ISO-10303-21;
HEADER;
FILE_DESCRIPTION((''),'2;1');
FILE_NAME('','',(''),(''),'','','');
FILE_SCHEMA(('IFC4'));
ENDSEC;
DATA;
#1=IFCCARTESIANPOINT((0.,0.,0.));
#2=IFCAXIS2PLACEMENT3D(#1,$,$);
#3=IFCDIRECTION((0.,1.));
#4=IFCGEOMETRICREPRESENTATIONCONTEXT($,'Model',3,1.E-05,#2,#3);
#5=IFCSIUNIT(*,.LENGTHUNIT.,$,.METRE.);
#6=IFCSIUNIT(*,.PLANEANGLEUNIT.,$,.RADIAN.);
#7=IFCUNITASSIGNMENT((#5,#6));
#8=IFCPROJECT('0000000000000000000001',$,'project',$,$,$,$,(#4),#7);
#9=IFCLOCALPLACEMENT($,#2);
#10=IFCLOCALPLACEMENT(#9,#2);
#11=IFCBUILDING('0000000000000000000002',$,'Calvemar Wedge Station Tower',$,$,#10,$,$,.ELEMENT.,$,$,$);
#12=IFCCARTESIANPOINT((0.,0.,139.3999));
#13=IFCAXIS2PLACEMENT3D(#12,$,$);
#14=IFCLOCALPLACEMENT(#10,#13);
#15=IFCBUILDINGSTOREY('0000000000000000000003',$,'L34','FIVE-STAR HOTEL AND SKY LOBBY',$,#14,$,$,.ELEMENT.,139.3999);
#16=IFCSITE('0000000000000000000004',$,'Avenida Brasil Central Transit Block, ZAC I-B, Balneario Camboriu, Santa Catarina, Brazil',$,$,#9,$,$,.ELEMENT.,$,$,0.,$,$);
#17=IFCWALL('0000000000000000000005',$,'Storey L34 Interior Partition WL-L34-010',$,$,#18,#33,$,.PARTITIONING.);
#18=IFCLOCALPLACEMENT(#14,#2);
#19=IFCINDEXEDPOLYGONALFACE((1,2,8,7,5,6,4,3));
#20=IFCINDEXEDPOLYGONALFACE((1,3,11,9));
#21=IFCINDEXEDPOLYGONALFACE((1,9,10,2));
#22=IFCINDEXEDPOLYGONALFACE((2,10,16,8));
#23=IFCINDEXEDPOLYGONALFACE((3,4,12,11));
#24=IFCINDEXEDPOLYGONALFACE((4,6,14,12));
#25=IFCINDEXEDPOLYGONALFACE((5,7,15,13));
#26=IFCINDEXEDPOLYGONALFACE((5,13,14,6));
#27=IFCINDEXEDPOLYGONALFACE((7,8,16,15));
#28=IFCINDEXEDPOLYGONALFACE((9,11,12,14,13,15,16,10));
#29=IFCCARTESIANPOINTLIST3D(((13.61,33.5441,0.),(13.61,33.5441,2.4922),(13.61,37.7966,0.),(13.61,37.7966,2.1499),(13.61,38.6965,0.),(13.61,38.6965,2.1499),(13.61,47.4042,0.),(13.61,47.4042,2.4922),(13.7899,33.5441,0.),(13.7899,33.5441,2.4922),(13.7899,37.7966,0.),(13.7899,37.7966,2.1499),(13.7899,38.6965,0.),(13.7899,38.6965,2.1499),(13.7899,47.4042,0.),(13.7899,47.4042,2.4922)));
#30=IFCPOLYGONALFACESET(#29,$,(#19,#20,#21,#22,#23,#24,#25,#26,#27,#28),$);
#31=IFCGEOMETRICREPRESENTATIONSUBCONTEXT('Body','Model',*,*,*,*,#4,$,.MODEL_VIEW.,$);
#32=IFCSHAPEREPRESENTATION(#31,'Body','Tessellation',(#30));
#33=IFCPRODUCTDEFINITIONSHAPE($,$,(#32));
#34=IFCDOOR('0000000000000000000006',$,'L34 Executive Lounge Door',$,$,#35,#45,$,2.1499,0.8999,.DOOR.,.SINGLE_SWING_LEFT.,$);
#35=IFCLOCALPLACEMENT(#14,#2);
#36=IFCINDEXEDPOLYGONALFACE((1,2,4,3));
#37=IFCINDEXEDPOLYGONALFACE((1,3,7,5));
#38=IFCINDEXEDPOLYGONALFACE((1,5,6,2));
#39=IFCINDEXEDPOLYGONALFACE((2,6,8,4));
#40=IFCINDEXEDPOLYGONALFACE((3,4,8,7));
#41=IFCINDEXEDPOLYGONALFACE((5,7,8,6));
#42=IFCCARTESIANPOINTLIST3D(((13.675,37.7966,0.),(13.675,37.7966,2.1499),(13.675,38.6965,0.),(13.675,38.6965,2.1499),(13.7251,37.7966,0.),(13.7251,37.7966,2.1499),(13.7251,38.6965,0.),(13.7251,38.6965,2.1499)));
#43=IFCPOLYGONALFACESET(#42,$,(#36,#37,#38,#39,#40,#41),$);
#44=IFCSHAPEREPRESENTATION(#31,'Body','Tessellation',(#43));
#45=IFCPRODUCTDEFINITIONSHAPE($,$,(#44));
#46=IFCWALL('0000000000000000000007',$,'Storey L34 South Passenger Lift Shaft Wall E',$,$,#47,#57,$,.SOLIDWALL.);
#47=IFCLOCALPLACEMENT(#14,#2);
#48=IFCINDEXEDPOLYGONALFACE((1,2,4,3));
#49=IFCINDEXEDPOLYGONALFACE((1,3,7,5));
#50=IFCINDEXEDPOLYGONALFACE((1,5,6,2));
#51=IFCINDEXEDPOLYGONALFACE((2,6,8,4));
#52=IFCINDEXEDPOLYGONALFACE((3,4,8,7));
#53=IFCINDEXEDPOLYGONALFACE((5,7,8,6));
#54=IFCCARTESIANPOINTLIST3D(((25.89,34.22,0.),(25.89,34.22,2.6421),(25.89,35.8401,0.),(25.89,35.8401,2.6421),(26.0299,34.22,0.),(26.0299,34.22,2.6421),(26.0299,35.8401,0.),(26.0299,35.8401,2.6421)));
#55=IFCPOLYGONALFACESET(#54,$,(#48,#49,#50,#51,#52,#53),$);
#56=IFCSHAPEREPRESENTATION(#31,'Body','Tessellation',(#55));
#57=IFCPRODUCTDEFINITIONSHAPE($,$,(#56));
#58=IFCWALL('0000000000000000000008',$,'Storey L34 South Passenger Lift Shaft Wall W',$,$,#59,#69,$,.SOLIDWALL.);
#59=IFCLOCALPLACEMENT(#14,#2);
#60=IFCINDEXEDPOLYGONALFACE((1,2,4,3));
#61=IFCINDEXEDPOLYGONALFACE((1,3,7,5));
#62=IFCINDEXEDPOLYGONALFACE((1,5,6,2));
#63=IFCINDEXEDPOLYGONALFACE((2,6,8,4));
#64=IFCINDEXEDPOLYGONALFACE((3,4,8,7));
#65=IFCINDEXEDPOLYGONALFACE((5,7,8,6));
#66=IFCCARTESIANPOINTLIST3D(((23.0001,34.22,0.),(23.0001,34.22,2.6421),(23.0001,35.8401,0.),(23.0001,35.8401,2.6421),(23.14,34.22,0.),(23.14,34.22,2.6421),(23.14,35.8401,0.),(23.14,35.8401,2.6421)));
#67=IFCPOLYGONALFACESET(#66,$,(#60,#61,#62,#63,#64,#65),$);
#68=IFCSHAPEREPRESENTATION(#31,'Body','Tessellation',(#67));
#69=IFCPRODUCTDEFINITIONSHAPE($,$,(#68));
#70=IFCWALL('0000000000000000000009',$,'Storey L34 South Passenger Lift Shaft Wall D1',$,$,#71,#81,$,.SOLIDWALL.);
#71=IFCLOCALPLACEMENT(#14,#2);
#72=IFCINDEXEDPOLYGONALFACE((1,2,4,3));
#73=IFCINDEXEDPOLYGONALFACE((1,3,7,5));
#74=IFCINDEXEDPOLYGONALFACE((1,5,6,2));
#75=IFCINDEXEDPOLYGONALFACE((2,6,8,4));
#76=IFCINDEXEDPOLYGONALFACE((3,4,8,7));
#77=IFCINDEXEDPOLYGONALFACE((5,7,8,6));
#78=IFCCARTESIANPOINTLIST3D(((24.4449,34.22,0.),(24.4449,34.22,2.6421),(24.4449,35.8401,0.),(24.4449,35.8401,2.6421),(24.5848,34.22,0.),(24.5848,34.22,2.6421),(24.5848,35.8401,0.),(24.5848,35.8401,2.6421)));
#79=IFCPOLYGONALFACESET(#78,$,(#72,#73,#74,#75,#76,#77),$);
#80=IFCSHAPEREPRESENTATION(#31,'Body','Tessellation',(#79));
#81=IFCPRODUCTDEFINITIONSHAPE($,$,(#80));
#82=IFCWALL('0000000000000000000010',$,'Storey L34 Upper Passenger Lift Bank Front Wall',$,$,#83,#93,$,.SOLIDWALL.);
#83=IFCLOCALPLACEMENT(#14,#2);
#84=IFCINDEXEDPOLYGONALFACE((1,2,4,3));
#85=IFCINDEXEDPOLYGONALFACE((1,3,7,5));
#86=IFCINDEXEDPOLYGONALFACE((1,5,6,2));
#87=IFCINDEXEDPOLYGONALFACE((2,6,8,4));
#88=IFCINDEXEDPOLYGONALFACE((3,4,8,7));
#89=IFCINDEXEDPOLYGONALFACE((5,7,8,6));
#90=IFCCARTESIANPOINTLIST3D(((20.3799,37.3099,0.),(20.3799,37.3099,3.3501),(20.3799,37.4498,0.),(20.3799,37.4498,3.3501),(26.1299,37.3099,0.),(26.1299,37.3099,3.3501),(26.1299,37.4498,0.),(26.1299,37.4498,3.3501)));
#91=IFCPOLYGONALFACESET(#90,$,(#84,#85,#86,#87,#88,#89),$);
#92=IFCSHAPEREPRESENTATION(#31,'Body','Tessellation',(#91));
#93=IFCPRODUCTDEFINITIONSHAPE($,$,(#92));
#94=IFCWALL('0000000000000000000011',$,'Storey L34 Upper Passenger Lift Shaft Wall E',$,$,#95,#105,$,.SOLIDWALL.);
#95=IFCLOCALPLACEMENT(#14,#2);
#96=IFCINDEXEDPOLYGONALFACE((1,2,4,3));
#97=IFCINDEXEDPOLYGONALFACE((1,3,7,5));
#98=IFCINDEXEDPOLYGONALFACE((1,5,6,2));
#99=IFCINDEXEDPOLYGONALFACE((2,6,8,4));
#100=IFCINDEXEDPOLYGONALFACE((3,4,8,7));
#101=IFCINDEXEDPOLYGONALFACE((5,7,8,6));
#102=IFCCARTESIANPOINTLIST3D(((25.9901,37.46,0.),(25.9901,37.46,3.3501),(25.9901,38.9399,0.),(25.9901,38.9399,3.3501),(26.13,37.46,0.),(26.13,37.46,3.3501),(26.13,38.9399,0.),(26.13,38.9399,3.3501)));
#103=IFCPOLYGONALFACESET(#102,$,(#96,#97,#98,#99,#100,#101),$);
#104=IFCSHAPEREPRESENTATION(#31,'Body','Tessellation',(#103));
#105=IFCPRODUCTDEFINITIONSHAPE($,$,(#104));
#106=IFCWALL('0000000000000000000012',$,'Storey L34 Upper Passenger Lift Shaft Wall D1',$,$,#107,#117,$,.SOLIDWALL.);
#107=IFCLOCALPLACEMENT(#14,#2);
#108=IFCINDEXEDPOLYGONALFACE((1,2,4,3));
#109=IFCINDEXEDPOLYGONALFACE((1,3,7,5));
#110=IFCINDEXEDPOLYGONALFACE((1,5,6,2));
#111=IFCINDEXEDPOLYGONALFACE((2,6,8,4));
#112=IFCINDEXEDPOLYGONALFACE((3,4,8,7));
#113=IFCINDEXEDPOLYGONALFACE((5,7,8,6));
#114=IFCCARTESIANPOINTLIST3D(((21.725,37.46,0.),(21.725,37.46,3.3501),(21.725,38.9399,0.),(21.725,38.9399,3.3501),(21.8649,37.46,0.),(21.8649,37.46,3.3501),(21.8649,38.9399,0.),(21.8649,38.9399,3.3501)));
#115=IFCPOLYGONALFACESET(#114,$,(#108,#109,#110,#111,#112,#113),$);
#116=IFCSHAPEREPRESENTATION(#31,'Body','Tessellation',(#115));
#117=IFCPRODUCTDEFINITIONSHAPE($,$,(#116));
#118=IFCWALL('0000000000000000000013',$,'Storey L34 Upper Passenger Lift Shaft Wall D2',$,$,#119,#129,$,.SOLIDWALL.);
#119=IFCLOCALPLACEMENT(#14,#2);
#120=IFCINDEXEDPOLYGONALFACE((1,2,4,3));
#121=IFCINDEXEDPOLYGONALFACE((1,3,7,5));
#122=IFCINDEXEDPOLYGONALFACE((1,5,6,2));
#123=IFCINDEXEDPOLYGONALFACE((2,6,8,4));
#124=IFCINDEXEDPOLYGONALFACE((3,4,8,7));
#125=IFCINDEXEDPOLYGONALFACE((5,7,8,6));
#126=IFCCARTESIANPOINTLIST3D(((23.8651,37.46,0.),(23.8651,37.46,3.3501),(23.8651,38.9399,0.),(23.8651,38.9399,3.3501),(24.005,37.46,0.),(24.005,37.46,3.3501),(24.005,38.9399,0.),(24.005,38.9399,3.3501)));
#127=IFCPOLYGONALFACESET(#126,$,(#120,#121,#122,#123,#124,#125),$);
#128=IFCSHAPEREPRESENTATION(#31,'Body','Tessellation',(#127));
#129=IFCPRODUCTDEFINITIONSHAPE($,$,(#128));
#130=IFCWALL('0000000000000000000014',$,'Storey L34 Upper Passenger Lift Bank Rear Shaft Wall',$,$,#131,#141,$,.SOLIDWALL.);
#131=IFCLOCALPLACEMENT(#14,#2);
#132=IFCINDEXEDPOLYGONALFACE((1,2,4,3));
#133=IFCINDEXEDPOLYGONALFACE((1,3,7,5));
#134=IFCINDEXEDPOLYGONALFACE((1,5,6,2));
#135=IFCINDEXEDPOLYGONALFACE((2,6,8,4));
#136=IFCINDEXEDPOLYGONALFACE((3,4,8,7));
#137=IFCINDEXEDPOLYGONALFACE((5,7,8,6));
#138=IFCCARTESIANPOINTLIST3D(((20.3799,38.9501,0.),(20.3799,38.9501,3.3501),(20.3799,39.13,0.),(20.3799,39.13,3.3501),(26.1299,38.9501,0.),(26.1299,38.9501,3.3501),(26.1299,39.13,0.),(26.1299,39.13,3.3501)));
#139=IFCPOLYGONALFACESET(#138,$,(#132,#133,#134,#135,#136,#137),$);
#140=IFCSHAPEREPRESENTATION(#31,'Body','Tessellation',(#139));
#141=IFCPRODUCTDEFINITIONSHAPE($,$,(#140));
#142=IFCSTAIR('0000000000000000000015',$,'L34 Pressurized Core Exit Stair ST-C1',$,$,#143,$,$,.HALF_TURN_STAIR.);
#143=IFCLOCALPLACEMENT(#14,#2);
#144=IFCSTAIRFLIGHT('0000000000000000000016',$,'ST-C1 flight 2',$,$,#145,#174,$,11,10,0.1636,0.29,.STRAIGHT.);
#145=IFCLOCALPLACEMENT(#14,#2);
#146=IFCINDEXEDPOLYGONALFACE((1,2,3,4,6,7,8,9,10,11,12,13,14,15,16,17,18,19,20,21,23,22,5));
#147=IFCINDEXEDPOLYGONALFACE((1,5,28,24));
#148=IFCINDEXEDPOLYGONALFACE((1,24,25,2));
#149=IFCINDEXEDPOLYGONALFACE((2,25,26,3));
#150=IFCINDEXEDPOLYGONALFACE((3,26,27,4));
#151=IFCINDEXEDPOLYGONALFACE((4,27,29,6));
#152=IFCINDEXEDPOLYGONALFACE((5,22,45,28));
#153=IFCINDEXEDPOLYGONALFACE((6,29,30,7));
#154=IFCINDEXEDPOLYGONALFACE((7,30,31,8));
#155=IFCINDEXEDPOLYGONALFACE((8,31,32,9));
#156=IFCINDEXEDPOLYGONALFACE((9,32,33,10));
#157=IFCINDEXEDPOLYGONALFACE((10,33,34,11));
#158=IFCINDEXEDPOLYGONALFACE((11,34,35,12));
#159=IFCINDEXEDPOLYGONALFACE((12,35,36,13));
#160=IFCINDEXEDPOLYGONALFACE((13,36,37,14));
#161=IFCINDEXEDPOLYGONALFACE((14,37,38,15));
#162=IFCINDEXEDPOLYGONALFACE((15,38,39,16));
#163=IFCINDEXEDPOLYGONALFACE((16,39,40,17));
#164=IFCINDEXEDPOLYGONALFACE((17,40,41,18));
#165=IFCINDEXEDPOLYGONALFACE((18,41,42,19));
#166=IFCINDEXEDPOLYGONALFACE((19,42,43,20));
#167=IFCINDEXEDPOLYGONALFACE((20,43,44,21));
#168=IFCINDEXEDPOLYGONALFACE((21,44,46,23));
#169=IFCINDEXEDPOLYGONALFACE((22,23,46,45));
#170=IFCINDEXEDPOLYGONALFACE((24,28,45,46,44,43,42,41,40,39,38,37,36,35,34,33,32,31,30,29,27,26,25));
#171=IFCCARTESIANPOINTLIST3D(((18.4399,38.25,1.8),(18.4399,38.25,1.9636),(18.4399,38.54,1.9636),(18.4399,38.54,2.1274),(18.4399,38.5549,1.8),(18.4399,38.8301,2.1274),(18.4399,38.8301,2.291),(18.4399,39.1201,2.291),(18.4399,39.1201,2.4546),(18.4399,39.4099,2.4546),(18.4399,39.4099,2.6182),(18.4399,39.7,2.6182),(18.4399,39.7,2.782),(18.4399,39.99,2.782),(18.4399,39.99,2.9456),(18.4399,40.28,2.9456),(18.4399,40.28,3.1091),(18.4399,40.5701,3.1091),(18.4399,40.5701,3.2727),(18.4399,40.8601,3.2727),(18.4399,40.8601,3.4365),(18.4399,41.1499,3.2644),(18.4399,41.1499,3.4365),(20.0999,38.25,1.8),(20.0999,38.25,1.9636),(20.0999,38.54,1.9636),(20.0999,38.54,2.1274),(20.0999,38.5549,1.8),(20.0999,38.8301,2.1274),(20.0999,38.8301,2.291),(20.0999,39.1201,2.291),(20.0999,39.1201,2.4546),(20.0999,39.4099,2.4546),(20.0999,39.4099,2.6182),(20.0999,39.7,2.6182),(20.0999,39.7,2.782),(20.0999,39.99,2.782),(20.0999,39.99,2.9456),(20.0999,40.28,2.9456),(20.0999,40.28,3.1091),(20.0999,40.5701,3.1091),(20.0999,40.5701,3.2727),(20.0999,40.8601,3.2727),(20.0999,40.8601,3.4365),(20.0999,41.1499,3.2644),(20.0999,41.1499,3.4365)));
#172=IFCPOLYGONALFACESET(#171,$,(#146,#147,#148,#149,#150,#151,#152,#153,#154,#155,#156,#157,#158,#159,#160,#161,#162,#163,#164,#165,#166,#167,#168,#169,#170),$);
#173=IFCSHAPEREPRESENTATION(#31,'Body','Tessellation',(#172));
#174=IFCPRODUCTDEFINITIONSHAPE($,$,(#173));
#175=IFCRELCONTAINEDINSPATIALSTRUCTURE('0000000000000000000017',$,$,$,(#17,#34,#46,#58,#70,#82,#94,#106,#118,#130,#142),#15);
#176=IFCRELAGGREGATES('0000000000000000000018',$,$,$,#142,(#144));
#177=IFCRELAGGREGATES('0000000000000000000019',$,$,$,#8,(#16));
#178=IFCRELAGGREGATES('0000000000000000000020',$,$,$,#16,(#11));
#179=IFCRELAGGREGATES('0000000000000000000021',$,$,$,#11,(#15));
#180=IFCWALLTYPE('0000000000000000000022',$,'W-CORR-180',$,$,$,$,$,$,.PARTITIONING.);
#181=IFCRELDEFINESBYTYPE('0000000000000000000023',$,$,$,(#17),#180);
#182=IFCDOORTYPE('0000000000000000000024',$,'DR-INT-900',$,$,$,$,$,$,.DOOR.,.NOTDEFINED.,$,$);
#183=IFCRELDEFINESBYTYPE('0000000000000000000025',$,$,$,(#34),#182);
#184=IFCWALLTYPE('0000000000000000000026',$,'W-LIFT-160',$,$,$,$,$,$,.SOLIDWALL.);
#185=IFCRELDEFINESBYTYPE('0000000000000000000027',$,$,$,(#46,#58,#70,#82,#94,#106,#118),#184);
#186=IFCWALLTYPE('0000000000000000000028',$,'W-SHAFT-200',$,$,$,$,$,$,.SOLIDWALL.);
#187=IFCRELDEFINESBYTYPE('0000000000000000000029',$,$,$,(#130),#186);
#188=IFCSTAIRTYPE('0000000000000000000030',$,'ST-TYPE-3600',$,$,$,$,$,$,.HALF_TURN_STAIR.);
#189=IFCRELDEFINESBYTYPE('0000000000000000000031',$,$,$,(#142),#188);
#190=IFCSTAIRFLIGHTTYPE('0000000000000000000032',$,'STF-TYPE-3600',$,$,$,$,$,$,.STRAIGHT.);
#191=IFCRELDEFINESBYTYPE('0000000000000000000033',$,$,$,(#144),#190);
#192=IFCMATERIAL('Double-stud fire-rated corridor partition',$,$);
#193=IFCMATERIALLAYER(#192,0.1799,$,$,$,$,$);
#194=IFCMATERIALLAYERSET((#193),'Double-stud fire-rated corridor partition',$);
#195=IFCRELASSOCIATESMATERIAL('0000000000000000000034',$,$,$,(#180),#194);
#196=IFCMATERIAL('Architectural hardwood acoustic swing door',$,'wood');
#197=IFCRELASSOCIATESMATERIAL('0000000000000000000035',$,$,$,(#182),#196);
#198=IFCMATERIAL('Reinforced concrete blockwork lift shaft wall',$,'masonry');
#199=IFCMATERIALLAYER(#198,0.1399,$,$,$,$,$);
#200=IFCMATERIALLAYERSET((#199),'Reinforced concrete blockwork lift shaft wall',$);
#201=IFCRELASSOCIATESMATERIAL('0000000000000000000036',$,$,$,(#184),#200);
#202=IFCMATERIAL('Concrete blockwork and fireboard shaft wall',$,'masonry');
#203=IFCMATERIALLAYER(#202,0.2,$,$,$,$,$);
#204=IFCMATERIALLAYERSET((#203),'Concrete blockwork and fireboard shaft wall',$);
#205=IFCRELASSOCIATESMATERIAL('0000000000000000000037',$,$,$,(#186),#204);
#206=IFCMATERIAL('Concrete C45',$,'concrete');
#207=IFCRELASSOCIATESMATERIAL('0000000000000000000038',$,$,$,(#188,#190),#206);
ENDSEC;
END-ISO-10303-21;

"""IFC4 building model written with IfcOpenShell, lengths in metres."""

from ifc_helpers import new_model, si_unit, direction, frame, frame_2d, origin, place, context, subcontext, project, spatial, polyline, rectangle, outline, extrude, source, transform, mapped, material, layer, layer_set, type_object, element, fill, aggregate, save


model = new_model("IFC4")

# Units and contexts
model_context = context("Model", 3, precision=1e-05, world=origin(), true_north=direction((0.0, 1.0)))
body_context = subcontext(model_context, "Body", "Model", "MODEL_VIEW")
ifc_project = project(units=[si_unit("LENGTHUNIT", "METRE"), si_unit("PLANEANGLEUNIT", "RADIAN")], contexts=[model_context])

# Site, building, storey
site_placement = place(None, origin())
site = spatial("IfcSite", under=ifc_project, at=site_placement, Name="Avenida Brasil Central Transit Block, ZAC I-B, Balneario Camboriu, Santa Catarina, Brazil", CompositionType="ELEMENT", RefElevation=0.0)
building_placement = place(site_placement, origin())
building = spatial("IfcBuilding", under=site, at=building_placement, Name="Calvemar Wedge Station Tower", CompositionType="ELEMENT")
storey_placement = place(building_placement, frame((0.0, 0.0, 139.3999)))
storey = spatial("IfcBuildingStorey", under=building, at=storey_placement, Name="L34", Description="FIVE-STAR HOTEL AND SKY LOBBY", CompositionType="ELEMENT", Elevation=139.3999)

# Shared definitions
ifc_material_1 = material(Name="Double-stud fire-rated corridor partition")
ifc_layer_1 = layer(ifc_material_1, 0.1799)
ifc_layer_set_1 = layer_set([ifc_layer_1], Name="Double-stud fire-rated corridor partition")
wall_type_1 = type_object("IfcWallType", Name="W-CORR-180", PredefinedType="PARTITIONING", material=ifc_layer_set_1)
shared_shape_1 = source(origin(), body_context, "Body", "SweptSolid", [
    extrude(rectangle(XDim=0.8999, YDim=2.1499, at=frame_2d((0.45, 1.075))), frame((0.0, 0.1001, 0.0), z_axis=(0.0, -1.0, 0.0), x_axis=(1.0, 0.0, 0.0)), (0.0, 0.0, 1.0), 0.2),
])

# Wall, opening, door
wall_1_placement = place(storey_placement, frame((13.7, 33.5439, 0.0), z_axis=(0.0, 0.0, 1.0), x_axis=(0.0, 1.0, 0.0)))
wall_1 = element("IfcWall", 1, at=wall_1_placement, inside=storey, type_object=wall_type_1, Name="Storey L34 Interior Partition WL-L34-010", PredefinedType="PARTITIONING", context=body_context, shape_type="SweptSolid", body=[
    extrude(rectangle(XDim=13.8601, YDim=0.1799, at=frame_2d((6.9302, 0.0))), origin(), (0.0, 0.0, 1.0), 2.4922),
])
opening_1_placement = place(wall_1_placement, frame((4.2527, 0.0, 0.0)))
opening_1 = element("IfcOpeningElement", 2, at=opening_1_placement, cuts=wall_1, PredefinedType="OPENING", context=body_context, shape_type="MappedRepresentation", body=[
    mapped(shared_shape_1, transform((0.0, 0.0, 0.0), scale=1.0)),
])
ifc_material_2 = material(Name="Architectural hardwood acoustic swing door", Category="wood")
door_type_1 = type_object("IfcDoorType", Name="DR-INT-900", OperationType="NOTDEFINED", PredefinedType="DOOR", material=ifc_material_2)
shared_shape_2 = source(origin(), body_context, "Body", "SweptSolid", [
    extrude(rectangle(XDim=0.8999, YDim=2.1499, at=frame_2d((0.45, 1.075))), frame((0.0, 0.0249, 0.0), z_axis=(0.0, -1.0, 0.0), x_axis=(1.0, 0.0, 0.0)), (0.0, 0.0, 1.0), 0.05),
])
door_1_placement = place(opening_1_placement, origin())
door_1 = element("IfcDoor", 3, at=door_1_placement, inside=storey, type_object=door_type_1, Name="L34 Executive Lounge Door", OperationType="SINGLE_SWING_LEFT", OverallHeight=2.1499, OverallWidth=0.8999, PredefinedType="DOOR", context=body_context, shape_type="MappedRepresentation", body=[
    mapped(shared_shape_2, transform((0.0, 0.0, 0.0), scale=1.0)),
])
fill(opening_1, door_1)

# Shared definitions
ifc_material_3 = material(Name="Reinforced concrete blockwork lift shaft wall", Category="masonry")
ifc_layer_2 = layer(ifc_material_3, 0.1399)
ifc_layer_set_2 = layer_set([ifc_layer_2], Name="Reinforced concrete blockwork lift shaft wall")
wall_type_2 = type_object("IfcWallType", Name="W-LIFT-160", PredefinedType="SOLIDWALL", material=ifc_layer_set_2)

# Walls
for number, where, z_axis, x_axis, name in (
    (4, (25.96, 34.22, 0.0), (0.0, 0.0, 1.0), (0.0, 1.0, 0.0), "Storey L34 South Passenger Lift Shaft Wall E"),
    (5, (23.0701, 34.22, 0.0), (0.0, 0.0, 1.0), (0.0, 1.0, 0.0), "Storey L34 South Passenger Lift Shaft Wall W"),
    (6, (24.5149, 34.22, 0.0), (0.0, 0.0, 1.0), (0.0, 1.0, 0.0), "Storey L34 South Passenger Lift Shaft Wall D1"),
):
    element("IfcWall", number, at=place(storey_placement, frame(where, z_axis=z_axis, x_axis=x_axis)), inside=storey, type_object=wall_type_2, Name=name, PredefinedType="SOLIDWALL", context=body_context, shape_type="SweptSolid", body=[
        extrude(rectangle(XDim=1.6201, YDim=0.1399, at=frame_2d((0.8101, 0.0))), origin(), (0.0, 0.0, 1.0), 2.6421),
    ])
wall_2_placement = place(storey_placement, frame((20.3799, 37.3799, 0.0), z_axis=(0.0, 0.0, 1.0), x_axis=(1.0, 0.0, 0.0)))
element("IfcWall", 7, at=wall_2_placement, inside=storey, type_object=wall_type_2, Name="Storey L34 Upper Passenger Lift Bank Front Wall", PredefinedType="SOLIDWALL", context=body_context, shape_type="SweptSolid", body=[
    extrude(rectangle(XDim=5.75, YDim=0.1399, at=frame_2d((2.875, 0.0))), origin(), (0.0, 0.0, 1.0), 3.3501),
])
for number, where, z_axis, x_axis, name in (
    (8, (26.0601, 37.46, 0.0), (0.0, 0.0, 1.0), (0.0, 1.0, 0.0), "Storey L34 Upper Passenger Lift Shaft Wall E"),
    (9, (21.7949, 37.46, 0.0), (0.0, 0.0, 1.0), (0.0, 1.0, 0.0), "Storey L34 Upper Passenger Lift Shaft Wall D1"),
    (10, (23.9351, 37.46, 0.0), (0.0, 0.0, 1.0), (0.0, 1.0, 0.0), "Storey L34 Upper Passenger Lift Shaft Wall D2"),
):
    element("IfcWall", number, at=place(storey_placement, frame(where, z_axis=z_axis, x_axis=x_axis)), inside=storey, type_object=wall_type_2, Name=name, PredefinedType="SOLIDWALL", context=body_context, shape_type="SweptSolid", body=[
        extrude(rectangle(XDim=1.48, YDim=0.1399, at=frame_2d((0.74, 0.0))), origin(), (0.0, 0.0, 1.0), 3.3501),
    ])
ifc_material_4 = material(Name="Concrete blockwork and fireboard shaft wall", Category="masonry")
ifc_layer_3 = layer(ifc_material_4, 0.2)
ifc_layer_set_3 = layer_set([ifc_layer_3], Name="Concrete blockwork and fireboard shaft wall")
wall_type_3 = type_object("IfcWallType", Name="W-SHAFT-200", PredefinedType="SOLIDWALL", material=ifc_layer_set_3)
wall_3_placement = place(storey_placement, frame((20.3799, 39.04, 0.0), z_axis=(0.0, 0.0, 1.0), x_axis=(1.0, 0.0, 0.0)))
element("IfcWall", 11, at=wall_3_placement, inside=storey, type_object=wall_type_3, Name="Storey L34 Upper Passenger Lift Bank Rear Shaft Wall", PredefinedType="SOLIDWALL", context=body_context, shape_type="SweptSolid", body=[
    extrude(rectangle(XDim=5.75, YDim=0.1799, at=frame_2d((2.875, 0.0))), origin(), (0.0, 0.0, 1.0), 3.3501),
])

# Stair, stair flight
ifc_material_5 = material(Name="Concrete C45", Category="concrete")
stair_type = type_object("IfcStairType", Name="ST-TYPE-3600", PredefinedType="HALF_TURN_STAIR", material=ifc_material_5)
stair_placement = place(storey_placement, origin())
stair = element("IfcStair", 12, at=stair_placement, inside=storey, type_object=stair_type, Name="L34 Pressurized Core Exit Stair ST-C1", PredefinedType="HALF_TURN_STAIR")
stair_flight_type = type_object("IfcStairFlightType", Name="STF-TYPE-3600", PredefinedType="STRAIGHT", material=ifc_material_5)
stair_flight_placement = place(storey_placement, frame((19.27, 38.25, 1.8), z_axis=(0.0, 0.0, 1.0), x_axis=(0.0, 1.0, 0.0)))
stair_flight = element("IfcStairFlight", 13, at=stair_flight_placement, type_object=stair_flight_type, Name="ST-C1 flight 2", NumberOfRisers=11, NumberOfTreads=10, PredefinedType="STRAIGHT", RiserHeight=0.1636, TreadLength=0.29, context=body_context, shape_type="SweptSolid", body=[
    extrude(outline(polyline([(0.0, 0.0), (0.0, 0.1636), (0.29, 0.1636), (0.29, 0.3274), (0.5801, 0.3274), (0.5801, 0.491), (0.8701, 0.491), (0.8701, 0.6545), (1.1599, 0.6545), (1.1599, 0.8181), (1.45, 0.8181), (1.45, 0.9819), (1.74, 0.9819), (1.74, 1.1455), (2.03, 1.1455), (2.03, 1.3091), (2.3201, 1.3091), (2.3201, 1.4727), (2.6101, 1.4727), (2.6101, 1.6365), (2.8999, 1.6365), (2.8999, 1.8), (2.8999, 1.4644), (0.3049, 0.0), (0.0, 0.0)])), frame((0.0, 0.8301, 0.0), z_axis=(0.0, -1.0, 0.0), x_axis=(1.0, 0.0, 0.0)), (0.0, 0.0, 1.0), 1.6599),
])
aggregate(stair, [stair_flight])

save(model, "model.ifc")
